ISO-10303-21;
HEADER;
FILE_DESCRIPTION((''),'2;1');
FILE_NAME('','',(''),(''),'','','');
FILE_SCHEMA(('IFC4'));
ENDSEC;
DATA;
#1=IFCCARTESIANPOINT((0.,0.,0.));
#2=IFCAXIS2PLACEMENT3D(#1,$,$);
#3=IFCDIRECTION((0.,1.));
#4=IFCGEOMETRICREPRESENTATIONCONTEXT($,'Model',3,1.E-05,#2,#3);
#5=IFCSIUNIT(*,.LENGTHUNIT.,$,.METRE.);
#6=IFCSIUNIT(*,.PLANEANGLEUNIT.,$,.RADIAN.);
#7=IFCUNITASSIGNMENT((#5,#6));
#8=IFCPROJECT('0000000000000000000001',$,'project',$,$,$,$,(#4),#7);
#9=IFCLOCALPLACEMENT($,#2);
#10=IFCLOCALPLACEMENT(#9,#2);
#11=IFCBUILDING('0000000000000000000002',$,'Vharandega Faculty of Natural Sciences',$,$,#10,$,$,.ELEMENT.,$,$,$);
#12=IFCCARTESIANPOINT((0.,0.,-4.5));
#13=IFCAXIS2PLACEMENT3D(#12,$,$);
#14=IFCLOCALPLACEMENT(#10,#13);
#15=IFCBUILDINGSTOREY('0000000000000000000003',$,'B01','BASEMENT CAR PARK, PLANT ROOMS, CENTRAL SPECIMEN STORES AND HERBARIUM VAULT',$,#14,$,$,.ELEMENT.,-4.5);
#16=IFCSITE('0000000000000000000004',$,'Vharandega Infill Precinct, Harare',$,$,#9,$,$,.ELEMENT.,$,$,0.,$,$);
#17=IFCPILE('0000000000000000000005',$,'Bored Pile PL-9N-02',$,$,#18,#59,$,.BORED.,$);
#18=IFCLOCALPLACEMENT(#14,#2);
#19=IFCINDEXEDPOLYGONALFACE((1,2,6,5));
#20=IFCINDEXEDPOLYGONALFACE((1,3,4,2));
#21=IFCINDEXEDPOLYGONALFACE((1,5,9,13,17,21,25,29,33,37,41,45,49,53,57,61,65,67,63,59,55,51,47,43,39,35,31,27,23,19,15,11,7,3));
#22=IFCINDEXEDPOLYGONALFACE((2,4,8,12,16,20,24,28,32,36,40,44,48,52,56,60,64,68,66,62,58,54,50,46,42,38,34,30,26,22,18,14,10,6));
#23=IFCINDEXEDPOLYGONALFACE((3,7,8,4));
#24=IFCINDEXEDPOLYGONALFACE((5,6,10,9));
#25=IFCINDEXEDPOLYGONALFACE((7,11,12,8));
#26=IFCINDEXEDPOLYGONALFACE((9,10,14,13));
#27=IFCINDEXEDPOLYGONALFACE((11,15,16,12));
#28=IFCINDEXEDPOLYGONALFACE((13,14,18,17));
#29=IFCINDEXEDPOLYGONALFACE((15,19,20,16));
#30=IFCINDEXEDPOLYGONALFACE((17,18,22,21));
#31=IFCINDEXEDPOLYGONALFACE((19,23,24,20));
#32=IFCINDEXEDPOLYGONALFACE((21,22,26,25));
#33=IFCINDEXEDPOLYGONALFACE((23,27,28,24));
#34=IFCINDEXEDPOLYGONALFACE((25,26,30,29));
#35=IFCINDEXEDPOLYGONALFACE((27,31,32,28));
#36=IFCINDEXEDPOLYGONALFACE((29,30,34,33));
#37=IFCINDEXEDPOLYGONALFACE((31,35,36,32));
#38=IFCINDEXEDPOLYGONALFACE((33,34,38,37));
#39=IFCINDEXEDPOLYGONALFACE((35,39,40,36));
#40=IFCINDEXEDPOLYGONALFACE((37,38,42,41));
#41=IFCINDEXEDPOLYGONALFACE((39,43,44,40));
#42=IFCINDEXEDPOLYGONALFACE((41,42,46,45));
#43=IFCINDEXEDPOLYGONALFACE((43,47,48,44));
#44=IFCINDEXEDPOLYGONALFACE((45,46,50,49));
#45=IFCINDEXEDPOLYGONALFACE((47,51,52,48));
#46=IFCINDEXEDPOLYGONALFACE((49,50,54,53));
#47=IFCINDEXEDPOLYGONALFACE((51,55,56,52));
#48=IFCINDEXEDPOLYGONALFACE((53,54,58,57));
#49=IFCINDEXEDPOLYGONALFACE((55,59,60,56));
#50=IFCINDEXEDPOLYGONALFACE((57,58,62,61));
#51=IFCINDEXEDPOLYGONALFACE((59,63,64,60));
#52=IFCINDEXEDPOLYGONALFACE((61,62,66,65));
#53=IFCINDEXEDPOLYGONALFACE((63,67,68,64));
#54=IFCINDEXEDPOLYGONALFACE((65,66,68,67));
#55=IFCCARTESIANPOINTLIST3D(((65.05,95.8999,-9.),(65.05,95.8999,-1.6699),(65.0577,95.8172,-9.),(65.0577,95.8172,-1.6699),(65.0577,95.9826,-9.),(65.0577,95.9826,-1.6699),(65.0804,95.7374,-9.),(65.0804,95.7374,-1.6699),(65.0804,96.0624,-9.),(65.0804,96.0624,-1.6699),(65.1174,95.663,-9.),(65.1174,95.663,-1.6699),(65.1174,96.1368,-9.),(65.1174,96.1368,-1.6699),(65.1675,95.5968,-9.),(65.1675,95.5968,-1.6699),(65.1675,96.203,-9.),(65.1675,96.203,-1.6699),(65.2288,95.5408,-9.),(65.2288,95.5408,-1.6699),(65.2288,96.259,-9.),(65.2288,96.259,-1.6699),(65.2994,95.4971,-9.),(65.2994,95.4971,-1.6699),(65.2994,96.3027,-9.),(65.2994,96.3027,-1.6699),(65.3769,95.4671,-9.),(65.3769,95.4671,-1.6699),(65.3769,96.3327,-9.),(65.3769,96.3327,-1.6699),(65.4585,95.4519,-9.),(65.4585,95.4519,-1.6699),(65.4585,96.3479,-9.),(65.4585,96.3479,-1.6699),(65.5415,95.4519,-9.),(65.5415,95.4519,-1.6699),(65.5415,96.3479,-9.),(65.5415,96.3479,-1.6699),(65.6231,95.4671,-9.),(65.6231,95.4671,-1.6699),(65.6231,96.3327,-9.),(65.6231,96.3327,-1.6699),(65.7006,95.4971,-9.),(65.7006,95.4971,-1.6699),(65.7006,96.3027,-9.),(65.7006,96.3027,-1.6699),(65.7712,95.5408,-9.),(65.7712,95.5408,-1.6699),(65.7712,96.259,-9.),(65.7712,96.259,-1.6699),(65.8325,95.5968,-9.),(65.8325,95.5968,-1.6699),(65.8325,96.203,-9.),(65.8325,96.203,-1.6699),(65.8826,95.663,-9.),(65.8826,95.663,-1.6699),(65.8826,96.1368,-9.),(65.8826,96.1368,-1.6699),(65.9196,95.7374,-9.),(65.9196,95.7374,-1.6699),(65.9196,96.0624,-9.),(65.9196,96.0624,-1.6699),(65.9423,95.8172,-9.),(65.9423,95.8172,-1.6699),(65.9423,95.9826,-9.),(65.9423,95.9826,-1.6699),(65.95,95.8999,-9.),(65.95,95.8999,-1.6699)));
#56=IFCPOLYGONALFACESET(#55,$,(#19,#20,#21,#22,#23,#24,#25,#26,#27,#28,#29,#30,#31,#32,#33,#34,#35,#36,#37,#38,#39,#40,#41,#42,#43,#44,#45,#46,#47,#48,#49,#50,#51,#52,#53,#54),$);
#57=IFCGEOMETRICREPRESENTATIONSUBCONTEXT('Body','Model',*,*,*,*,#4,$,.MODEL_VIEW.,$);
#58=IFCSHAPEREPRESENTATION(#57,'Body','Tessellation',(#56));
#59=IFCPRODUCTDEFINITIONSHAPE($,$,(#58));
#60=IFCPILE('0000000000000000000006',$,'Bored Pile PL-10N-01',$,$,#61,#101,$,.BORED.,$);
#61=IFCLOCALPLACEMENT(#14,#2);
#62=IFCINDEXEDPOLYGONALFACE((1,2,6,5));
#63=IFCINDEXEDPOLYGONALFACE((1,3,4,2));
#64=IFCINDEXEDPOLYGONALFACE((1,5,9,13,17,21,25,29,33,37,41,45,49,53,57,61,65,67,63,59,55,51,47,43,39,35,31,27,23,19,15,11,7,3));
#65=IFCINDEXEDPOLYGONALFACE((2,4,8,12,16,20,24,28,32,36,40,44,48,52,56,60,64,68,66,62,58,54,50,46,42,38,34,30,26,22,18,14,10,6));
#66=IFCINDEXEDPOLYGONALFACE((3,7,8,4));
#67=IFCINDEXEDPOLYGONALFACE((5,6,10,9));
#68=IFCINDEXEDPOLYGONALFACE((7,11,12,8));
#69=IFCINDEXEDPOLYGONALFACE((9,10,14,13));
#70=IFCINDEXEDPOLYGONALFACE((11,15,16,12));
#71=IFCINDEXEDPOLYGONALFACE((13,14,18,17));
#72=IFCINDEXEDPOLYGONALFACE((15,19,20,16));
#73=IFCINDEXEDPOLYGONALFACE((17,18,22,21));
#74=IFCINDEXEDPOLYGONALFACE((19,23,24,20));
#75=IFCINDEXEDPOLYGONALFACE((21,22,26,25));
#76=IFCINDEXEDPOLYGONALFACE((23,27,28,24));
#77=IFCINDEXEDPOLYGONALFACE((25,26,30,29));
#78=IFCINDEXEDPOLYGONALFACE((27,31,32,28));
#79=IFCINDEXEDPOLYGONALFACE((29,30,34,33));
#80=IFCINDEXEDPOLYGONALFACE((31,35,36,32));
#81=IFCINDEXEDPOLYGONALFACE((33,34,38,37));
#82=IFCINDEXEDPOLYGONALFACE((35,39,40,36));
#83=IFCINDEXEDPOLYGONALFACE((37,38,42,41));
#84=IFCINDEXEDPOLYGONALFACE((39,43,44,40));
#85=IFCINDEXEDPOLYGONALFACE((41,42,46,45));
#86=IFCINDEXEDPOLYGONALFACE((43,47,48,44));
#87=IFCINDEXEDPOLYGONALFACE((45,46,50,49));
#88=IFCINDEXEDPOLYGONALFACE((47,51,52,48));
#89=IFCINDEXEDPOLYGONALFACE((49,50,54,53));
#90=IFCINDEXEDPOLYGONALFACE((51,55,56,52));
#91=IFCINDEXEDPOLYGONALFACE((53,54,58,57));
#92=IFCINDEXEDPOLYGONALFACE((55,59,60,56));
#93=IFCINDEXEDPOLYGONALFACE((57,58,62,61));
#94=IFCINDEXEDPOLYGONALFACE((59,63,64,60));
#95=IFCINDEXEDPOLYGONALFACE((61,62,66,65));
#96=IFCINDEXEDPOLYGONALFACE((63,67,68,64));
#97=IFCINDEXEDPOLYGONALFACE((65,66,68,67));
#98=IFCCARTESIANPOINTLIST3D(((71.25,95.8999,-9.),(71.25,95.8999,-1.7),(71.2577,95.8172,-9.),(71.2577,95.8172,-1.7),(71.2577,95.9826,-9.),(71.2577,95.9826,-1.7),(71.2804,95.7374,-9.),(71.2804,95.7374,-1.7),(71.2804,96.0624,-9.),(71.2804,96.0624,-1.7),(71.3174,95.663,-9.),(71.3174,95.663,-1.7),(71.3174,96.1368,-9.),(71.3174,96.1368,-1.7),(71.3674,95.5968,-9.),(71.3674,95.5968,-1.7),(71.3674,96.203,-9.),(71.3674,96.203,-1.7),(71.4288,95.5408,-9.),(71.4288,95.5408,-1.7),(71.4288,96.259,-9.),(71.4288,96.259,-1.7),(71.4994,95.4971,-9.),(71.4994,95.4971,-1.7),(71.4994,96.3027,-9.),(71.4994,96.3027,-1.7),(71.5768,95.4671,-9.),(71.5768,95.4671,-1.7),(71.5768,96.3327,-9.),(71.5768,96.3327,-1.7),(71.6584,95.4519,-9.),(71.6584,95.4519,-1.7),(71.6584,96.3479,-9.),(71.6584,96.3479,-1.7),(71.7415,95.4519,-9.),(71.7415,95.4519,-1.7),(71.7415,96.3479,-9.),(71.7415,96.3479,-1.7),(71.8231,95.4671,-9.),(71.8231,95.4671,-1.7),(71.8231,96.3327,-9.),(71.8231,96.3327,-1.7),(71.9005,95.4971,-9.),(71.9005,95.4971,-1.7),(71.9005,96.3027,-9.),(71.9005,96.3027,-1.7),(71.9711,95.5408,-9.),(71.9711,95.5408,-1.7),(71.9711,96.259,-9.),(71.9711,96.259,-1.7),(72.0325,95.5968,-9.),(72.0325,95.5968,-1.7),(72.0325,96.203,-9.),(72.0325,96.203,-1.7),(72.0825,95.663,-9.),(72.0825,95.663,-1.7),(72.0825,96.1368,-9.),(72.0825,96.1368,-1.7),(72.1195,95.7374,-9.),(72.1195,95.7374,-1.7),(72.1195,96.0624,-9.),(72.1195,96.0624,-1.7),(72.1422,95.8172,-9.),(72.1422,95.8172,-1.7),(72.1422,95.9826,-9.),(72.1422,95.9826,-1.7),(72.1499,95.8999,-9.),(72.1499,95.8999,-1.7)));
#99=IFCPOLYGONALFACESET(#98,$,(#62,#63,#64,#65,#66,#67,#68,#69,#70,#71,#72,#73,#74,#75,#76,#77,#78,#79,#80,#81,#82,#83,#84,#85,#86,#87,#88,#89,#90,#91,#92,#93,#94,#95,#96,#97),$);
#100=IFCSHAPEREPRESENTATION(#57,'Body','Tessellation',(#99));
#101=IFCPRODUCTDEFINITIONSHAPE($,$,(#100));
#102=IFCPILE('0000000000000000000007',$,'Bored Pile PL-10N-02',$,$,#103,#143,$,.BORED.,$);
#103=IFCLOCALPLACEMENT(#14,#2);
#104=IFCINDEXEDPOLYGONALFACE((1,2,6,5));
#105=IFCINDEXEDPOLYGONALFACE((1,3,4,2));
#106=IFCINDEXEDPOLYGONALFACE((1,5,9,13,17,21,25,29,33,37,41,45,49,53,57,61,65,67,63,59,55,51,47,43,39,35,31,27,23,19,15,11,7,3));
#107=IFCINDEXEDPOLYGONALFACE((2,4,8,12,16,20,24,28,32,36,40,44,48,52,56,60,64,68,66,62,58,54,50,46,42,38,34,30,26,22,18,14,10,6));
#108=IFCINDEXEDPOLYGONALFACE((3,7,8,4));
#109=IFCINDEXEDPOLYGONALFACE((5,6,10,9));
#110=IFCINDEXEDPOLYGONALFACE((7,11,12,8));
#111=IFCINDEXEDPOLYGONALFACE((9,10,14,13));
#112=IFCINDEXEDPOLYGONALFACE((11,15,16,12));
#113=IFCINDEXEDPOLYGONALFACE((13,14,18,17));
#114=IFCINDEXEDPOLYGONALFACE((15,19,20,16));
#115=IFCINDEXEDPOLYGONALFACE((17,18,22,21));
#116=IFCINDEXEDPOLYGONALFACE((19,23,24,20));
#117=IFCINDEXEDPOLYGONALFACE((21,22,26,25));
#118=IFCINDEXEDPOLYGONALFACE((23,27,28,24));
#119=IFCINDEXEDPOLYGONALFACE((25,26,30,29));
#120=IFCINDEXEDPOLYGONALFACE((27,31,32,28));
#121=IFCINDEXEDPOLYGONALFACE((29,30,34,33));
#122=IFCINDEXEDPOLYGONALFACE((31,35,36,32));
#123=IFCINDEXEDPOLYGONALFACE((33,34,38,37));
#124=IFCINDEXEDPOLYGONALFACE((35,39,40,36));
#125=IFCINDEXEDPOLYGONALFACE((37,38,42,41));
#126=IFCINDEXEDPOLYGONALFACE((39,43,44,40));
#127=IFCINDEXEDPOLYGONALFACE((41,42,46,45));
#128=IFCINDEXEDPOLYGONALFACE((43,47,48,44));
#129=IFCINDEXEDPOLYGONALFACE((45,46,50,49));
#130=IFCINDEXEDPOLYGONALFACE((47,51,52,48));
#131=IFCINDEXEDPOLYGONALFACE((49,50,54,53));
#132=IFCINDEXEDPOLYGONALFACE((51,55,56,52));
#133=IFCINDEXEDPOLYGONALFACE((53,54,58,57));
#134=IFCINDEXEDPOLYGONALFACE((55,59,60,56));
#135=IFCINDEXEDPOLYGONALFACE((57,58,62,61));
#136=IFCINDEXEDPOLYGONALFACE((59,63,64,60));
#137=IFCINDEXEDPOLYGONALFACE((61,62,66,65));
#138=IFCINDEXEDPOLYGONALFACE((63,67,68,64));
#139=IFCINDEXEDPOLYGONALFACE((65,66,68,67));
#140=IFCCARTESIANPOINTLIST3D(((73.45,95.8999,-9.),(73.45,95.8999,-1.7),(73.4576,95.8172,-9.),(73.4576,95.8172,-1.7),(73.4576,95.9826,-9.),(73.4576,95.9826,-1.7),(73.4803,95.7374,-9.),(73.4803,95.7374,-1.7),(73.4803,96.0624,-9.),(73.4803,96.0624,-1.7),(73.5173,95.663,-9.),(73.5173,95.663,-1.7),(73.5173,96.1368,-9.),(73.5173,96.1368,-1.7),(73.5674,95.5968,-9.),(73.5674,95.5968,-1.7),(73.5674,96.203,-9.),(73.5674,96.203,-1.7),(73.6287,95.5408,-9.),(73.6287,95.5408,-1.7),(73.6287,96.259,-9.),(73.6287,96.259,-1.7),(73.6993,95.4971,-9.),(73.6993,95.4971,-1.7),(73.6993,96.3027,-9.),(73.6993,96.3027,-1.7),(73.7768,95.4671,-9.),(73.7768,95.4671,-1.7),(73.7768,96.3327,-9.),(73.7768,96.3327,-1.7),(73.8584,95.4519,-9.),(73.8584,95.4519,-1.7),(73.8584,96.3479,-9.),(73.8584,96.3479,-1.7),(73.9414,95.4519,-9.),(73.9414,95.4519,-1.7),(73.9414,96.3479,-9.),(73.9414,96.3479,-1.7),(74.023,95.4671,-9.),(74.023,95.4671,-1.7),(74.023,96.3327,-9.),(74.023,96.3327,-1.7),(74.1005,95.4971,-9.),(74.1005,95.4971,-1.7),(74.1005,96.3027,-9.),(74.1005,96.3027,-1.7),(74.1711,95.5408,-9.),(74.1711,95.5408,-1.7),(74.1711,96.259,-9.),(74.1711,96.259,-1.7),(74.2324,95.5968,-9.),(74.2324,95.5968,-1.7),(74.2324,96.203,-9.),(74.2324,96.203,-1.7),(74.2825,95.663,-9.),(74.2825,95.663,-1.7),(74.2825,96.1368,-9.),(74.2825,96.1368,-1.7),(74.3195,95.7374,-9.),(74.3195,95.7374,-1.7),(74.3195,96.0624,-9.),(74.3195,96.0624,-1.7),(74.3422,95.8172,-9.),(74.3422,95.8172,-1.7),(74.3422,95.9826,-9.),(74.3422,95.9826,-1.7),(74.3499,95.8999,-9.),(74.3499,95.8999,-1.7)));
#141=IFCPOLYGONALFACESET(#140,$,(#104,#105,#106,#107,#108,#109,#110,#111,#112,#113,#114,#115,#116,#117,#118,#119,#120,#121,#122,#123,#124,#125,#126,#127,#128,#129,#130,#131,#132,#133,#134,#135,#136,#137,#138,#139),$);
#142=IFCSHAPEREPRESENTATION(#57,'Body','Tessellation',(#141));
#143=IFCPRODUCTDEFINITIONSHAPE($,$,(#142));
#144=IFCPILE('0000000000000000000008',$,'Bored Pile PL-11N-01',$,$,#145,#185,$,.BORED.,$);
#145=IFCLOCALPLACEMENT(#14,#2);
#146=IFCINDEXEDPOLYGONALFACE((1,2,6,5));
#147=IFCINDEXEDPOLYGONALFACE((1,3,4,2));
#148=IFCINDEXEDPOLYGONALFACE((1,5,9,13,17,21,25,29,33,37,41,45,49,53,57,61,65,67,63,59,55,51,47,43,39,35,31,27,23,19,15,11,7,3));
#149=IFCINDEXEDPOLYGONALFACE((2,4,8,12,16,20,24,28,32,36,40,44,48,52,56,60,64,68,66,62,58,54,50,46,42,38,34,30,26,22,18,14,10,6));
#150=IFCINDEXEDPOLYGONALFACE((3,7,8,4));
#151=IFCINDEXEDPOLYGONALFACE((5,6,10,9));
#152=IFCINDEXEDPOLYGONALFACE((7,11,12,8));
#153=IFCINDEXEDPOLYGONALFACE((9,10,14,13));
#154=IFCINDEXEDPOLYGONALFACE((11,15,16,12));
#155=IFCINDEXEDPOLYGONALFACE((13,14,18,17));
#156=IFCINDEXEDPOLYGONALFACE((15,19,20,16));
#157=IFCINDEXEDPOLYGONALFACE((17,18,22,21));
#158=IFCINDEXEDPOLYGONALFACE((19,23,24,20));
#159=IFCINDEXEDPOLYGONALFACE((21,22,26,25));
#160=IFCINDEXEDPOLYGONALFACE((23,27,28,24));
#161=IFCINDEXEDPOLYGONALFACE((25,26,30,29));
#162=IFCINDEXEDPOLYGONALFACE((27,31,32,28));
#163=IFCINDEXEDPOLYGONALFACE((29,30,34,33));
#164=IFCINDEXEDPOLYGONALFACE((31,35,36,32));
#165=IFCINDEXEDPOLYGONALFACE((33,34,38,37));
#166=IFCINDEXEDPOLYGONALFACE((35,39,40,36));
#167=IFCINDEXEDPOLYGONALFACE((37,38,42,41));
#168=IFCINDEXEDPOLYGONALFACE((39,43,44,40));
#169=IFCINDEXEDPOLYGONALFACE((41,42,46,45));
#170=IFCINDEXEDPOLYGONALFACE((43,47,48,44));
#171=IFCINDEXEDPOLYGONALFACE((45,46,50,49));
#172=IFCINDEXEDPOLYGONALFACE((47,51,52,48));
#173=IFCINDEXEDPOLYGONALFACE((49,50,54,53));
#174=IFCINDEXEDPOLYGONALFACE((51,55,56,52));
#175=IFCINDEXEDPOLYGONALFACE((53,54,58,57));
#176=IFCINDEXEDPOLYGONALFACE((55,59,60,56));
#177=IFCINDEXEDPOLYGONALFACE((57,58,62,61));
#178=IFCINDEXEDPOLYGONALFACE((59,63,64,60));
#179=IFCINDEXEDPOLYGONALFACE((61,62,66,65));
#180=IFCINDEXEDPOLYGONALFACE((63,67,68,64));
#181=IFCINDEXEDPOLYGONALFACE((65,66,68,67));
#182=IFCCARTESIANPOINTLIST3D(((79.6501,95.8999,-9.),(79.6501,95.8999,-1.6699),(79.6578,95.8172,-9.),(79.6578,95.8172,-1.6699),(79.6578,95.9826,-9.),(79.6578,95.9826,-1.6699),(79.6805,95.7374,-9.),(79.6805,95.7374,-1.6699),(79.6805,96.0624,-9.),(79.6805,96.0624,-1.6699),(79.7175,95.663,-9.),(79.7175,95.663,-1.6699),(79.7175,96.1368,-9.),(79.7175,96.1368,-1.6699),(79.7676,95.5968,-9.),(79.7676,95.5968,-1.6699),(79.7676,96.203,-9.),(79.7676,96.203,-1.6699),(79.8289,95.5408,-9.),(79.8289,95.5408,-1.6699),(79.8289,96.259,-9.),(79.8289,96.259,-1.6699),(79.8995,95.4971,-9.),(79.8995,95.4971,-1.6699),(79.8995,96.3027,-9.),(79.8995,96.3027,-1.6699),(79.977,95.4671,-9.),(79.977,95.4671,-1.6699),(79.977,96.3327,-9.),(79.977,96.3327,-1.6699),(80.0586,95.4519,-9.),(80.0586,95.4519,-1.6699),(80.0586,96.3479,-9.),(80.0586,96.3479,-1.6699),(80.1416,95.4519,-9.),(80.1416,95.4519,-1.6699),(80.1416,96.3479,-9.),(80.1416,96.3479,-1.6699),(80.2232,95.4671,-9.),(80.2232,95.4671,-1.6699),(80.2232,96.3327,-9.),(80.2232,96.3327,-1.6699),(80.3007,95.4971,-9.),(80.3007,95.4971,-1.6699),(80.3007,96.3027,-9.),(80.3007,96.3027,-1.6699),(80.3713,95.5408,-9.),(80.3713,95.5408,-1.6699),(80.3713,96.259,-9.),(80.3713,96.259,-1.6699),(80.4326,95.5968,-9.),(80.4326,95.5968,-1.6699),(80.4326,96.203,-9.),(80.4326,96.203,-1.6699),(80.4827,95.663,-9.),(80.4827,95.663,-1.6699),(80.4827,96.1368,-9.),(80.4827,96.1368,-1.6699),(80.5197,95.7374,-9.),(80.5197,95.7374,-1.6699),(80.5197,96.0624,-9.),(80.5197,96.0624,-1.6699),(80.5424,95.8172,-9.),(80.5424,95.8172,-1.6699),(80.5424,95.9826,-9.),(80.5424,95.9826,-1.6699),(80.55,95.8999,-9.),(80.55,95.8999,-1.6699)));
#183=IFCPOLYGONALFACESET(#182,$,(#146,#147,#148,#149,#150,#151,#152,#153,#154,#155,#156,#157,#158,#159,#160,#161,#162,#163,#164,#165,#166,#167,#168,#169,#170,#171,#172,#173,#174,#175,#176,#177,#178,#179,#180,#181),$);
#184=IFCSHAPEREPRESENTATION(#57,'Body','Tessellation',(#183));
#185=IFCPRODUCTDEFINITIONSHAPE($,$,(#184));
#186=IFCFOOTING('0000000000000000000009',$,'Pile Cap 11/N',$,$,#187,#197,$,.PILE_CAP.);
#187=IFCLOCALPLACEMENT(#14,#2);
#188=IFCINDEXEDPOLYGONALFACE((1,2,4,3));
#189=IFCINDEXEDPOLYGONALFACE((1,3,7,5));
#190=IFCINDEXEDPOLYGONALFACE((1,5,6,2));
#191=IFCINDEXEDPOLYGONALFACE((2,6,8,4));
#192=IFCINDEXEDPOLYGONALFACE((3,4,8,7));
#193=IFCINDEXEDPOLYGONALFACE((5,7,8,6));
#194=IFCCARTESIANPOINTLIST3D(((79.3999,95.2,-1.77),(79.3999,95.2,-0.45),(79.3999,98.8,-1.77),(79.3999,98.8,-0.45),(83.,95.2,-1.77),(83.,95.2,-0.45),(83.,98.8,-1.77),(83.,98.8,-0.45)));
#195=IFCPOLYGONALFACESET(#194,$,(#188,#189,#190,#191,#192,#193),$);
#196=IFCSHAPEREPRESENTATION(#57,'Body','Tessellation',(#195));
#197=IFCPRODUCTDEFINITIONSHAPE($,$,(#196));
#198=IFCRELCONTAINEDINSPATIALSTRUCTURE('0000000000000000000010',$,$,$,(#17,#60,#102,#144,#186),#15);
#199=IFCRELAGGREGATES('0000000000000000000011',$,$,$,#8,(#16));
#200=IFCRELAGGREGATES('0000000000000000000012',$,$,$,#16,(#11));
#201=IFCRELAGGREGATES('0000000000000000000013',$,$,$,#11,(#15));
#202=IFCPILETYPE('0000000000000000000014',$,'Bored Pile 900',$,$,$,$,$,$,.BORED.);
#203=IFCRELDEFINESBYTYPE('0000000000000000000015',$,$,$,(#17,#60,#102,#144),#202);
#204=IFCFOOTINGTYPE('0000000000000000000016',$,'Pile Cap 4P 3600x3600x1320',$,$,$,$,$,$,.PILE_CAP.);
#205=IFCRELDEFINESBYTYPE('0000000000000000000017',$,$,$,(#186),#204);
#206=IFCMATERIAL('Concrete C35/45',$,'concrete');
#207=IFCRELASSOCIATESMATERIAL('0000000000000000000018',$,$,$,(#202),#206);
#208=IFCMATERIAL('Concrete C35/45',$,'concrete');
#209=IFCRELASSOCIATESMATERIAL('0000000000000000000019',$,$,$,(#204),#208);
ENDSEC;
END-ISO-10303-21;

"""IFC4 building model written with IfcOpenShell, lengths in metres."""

from ifc_helpers import new_model, si_unit, direction, frame, origin, origin_2d, place, context, subcontext, project, spatial, rectangle, circle, extrude, material, material_profile, profile_set, type_object, element, save


model = new_model("IFC4")

# Units and contexts
model_context = context("Model", 3, precision=1e-05, world=origin(), true_north=direction((0.0, 1.0)))
body_context = subcontext(model_context, "Body", "Model", "MODEL_VIEW")
ifc_project = project(units=[si_unit("LENGTHUNIT", "METRE"), si_unit("PLANEANGLEUNIT", "RADIAN")], contexts=[model_context])

# Site, building, storey
site_placement = place(None, origin())
site = spatial("IfcSite", under=ifc_project, at=site_placement, Name="Vharandega Infill Precinct, Harare", CompositionType="ELEMENT", RefElevation=0.0)
building_placement = place(site_placement, origin())
building = spatial("IfcBuilding", under=site, at=building_placement, Name="Vharandega Faculty of Natural Sciences", CompositionType="ELEMENT")
storey_placement = place(building_placement, frame((0.0, 0.0, -4.5)))
storey = spatial("IfcBuildingStorey", under=building, at=storey_placement, Name="B01", Description="BASEMENT CAR PARK, PLANT ROOMS, CENTRAL SPECIMEN STORES AND HERBARIUM VAULT", CompositionType="ELEMENT", Elevation=-4.5)

# Piles
ifc_material_1 = material(Name="Concrete C35/45", Category="concrete")
ifc_material_profile_1 = material_profile(ifc_material_1, circle(Radius=0.45, at=origin_2d()), Name="PILE 900")
ifc_profile_set_1 = profile_set([ifc_material_profile_1], Name="Concrete C35/45")
pile_type = type_object("IfcPileType", Name="Bored Pile 900", PredefinedType="BORED", material=ifc_profile_set_1)
pile_1_placement = place(storey_placement, frame((65.5, 95.8999, -1.6699), z_axis=(0.0, 0.0, -1.0), x_axis=(1.0, 0.0, 0.0)))
element("IfcPile", 1, at=pile_1_placement, inside=storey, type_object=pile_type, Name="Bored Pile PL-9N-02", PredefinedType="BORED", context=body_context, shape_type="SweptSolid", body=[
    extrude(circle(Radius=0.45, at=origin_2d()), origin(), (0.0, 0.0, 1.0), 7.3301),
])
for number, where, z_axis, x_axis, name in (
    (2, (71.7, 95.8999, -1.7), (0.0, 0.0, -1.0), (1.0, 0.0, 0.0), "Bored Pile PL-10N-01"),
    (3, (73.8999, 95.8999, -1.7), (0.0, 0.0, -1.0), (1.0, 0.0, 0.0), "Bored Pile PL-10N-02"),
):
    element("IfcPile", number, at=place(storey_placement, frame(where, z_axis=z_axis, x_axis=x_axis)), inside=storey, type_object=pile_type, Name=name, PredefinedType="BORED", context=body_context, shape_type="SweptSolid", body=[
        extrude(circle(Radius=0.45, at=origin_2d()), origin(), (0.0, 0.0, 1.0), 7.3),
    ])
pile_2_placement = place(storey_placement, frame((80.1001, 95.8999, -1.6699), z_axis=(0.0, 0.0, -1.0), x_axis=(1.0, 0.0, 0.0)))
element("IfcPile", 4, at=pile_2_placement, inside=storey, type_object=pile_type, Name="Bored Pile PL-11N-01", PredefinedType="BORED", context=body_context, shape_type="SweptSolid", body=[
    extrude(circle(Radius=0.45, at=origin_2d()), origin(), (0.0, 0.0, 1.0), 7.3301),
])

# Footing
ifc_material_2 = material(Name="Concrete C35/45", Category="concrete")
footing_type_1 = type_object("IfcFootingType", Name="Pile Cap 4P 3600x3600x1320", PredefinedType="PILE_CAP", material=ifc_material_2)
footing_1_placement = place(storey_placement, frame((81.2, 97.0, -1.77), z_axis=(0.0, 0.0, 1.0), x_axis=(1.0, 0.0, 0.0)))
element("IfcFooting", 5, at=footing_1_placement, inside=storey, type_object=footing_type_1, Name="Pile Cap 11/N", PredefinedType="PILE_CAP", context=body_context, shape_type="SweptSolid", body=[
    extrude(rectangle(XDim=3.6001, YDim=3.6001, at=origin_2d()), origin(), (0.0, 0.0, 1.0), 1.3201),
])

save(model, "model.ifc")
